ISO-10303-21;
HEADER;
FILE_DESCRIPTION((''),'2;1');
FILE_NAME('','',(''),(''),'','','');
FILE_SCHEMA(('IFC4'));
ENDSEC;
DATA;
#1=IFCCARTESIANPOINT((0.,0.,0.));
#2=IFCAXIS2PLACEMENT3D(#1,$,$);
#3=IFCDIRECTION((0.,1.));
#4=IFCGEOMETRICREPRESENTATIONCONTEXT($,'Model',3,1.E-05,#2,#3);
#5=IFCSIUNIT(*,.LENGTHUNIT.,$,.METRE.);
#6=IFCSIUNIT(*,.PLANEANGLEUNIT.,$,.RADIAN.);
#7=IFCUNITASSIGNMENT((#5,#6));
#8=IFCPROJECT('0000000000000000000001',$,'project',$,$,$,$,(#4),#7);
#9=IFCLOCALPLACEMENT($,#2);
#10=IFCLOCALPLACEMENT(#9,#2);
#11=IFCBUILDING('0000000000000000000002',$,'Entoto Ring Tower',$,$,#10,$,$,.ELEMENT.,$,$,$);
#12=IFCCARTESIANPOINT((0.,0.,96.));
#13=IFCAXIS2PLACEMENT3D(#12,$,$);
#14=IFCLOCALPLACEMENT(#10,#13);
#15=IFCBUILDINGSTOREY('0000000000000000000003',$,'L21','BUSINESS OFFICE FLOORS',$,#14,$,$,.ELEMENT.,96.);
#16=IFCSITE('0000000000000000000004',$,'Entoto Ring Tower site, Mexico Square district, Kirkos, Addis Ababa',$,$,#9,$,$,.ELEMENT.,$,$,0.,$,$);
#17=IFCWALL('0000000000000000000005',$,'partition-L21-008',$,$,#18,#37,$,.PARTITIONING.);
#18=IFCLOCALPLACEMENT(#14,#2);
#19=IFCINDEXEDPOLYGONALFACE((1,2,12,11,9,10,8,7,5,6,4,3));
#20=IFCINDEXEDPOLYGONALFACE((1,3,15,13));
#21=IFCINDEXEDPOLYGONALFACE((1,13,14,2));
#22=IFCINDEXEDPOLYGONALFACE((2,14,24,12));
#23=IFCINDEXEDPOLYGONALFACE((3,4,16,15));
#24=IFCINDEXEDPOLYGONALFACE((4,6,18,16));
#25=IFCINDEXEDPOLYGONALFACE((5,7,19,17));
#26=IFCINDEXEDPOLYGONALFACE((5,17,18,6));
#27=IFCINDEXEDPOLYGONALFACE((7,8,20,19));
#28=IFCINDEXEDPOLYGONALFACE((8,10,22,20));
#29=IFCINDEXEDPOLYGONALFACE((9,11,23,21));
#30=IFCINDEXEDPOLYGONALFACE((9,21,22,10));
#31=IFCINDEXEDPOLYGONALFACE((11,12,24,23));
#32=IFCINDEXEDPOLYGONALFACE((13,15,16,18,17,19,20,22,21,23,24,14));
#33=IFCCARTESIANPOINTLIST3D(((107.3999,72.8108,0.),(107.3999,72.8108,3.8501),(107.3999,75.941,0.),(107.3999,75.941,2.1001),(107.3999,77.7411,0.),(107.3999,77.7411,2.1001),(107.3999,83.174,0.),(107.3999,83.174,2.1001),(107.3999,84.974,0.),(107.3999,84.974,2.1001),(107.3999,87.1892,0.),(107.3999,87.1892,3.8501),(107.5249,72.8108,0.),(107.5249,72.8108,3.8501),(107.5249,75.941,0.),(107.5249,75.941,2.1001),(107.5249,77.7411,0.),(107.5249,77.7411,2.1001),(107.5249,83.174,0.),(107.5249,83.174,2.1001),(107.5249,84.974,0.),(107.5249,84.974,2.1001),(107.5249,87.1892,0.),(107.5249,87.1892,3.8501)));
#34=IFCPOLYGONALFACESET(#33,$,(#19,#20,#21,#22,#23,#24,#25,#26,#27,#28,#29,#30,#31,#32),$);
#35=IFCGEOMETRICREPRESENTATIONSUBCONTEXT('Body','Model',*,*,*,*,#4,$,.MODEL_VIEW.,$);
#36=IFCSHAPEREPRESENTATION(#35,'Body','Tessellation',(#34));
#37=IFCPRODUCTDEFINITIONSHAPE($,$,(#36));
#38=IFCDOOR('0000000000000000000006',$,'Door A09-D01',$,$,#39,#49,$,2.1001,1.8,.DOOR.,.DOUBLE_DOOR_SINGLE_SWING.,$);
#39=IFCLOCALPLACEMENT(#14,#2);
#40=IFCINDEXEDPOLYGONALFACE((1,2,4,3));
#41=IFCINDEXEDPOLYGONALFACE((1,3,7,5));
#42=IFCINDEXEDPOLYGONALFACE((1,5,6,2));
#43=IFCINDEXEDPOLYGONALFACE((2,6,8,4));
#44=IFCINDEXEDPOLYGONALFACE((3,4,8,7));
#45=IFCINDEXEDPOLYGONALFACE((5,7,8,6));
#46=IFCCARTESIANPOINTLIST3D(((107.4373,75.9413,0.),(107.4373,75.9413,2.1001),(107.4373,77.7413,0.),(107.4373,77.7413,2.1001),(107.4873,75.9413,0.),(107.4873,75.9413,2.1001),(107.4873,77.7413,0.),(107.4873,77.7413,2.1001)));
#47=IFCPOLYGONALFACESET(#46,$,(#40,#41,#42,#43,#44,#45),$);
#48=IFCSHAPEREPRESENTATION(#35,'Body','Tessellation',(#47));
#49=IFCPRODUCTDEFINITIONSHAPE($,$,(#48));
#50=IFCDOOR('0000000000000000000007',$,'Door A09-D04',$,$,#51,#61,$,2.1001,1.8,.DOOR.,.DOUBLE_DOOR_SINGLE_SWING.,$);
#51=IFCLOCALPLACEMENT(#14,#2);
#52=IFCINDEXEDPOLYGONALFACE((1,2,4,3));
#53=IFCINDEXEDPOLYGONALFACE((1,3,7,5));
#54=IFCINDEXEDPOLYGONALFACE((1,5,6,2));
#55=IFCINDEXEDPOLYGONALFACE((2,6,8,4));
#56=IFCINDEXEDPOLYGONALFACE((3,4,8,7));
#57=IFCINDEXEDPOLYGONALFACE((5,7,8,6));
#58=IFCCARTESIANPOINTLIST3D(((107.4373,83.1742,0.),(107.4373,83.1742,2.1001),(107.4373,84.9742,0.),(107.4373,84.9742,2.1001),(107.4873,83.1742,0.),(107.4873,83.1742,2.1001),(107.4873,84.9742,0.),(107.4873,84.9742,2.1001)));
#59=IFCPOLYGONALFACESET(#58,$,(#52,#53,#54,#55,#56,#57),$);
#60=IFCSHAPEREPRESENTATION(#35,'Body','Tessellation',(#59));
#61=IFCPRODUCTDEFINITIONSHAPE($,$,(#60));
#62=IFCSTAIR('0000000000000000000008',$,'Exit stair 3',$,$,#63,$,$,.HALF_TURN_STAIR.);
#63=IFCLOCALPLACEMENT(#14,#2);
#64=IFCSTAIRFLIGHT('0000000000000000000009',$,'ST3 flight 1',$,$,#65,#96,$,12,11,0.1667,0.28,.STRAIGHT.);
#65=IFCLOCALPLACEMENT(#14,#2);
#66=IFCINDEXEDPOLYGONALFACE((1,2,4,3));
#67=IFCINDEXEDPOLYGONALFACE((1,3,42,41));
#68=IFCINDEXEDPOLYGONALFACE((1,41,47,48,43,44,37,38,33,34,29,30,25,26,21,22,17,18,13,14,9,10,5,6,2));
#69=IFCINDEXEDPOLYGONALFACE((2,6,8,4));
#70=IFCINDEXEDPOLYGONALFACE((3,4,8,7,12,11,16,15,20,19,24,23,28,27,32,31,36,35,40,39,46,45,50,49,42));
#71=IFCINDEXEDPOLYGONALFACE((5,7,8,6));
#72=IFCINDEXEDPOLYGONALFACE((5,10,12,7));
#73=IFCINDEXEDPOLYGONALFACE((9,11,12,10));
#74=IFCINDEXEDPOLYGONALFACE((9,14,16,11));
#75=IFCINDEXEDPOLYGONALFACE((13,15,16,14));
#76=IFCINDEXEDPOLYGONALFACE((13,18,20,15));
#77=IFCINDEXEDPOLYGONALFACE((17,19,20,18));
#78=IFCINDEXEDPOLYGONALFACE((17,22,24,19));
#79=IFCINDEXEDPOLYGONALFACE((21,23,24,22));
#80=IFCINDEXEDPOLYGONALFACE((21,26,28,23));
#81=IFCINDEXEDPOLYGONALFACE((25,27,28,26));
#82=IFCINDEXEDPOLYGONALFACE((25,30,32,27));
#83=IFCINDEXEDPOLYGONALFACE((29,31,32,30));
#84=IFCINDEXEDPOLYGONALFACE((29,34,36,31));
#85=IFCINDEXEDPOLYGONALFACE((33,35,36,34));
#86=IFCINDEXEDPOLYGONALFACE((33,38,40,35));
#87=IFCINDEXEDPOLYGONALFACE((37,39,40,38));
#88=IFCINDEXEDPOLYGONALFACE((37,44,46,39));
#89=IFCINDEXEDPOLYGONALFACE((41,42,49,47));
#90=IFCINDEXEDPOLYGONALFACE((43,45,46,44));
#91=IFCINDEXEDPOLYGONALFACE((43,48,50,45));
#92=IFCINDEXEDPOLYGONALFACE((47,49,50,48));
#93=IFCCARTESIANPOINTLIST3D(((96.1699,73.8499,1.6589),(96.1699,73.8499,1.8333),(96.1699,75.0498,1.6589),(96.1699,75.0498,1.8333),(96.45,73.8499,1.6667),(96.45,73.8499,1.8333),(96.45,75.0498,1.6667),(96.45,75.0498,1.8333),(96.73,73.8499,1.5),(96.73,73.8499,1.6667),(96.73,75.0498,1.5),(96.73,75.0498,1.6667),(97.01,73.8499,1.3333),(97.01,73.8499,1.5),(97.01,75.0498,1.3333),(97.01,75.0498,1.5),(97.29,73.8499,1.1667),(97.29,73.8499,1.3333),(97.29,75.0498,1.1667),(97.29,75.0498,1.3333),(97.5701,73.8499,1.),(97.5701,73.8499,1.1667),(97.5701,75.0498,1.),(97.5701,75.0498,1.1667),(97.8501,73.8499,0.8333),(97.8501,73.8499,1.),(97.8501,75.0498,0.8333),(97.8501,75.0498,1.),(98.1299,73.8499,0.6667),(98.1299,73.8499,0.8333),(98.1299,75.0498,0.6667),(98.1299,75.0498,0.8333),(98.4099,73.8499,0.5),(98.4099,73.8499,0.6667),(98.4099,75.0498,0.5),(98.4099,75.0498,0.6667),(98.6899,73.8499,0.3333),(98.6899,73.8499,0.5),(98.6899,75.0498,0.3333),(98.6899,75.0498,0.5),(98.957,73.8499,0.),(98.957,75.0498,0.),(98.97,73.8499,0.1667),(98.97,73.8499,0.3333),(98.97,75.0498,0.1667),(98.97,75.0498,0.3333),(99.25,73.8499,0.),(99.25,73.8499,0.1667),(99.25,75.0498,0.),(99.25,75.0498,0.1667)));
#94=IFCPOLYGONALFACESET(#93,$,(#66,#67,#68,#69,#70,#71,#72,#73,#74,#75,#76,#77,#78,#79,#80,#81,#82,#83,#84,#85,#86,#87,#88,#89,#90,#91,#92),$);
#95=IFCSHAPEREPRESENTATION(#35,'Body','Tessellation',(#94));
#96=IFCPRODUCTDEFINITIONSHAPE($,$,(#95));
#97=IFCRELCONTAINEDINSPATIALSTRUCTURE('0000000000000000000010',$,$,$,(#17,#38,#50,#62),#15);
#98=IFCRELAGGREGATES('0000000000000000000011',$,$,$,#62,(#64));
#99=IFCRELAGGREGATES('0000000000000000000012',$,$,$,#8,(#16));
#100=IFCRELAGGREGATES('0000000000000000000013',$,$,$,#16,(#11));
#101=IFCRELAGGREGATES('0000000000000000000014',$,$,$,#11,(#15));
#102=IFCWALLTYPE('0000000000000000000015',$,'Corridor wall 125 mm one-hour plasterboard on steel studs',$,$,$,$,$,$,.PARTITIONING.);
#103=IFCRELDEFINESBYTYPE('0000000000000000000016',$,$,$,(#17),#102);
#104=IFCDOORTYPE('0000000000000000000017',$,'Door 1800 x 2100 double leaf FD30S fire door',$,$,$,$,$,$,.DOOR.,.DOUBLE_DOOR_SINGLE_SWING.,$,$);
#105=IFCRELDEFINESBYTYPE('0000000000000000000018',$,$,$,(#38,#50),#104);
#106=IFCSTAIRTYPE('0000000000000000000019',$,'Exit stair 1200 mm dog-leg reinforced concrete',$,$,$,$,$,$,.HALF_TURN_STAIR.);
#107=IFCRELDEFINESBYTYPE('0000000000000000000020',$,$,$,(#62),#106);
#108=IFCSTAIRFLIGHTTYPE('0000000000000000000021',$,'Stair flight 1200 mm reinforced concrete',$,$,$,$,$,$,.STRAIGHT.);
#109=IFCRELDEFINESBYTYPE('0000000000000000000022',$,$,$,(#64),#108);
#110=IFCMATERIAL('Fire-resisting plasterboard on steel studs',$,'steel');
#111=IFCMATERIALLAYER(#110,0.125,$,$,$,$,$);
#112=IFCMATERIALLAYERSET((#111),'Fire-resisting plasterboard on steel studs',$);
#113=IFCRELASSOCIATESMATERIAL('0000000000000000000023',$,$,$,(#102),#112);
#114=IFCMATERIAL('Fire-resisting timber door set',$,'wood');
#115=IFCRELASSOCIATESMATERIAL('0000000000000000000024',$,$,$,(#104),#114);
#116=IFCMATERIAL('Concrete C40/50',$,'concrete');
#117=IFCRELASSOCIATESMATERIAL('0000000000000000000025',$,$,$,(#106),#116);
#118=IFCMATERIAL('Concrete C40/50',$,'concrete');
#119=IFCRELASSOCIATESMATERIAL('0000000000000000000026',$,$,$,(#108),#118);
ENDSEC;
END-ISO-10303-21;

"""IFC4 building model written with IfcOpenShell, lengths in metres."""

from ifc_helpers import new_model, si_unit, direction, frame, frame_2d, origin, place, context, subcontext, project, spatial, polyline, rectangle, outline, extrude, material, layer, layer_set, type_object, element, fill, aggregate, save


model = new_model("IFC4")

# Units and contexts
model_context = context("Model", 3, precision=1e-05, world=origin(), true_north=direction((0.0, 1.0)))
body_context = subcontext(model_context, "Body", "Model", "MODEL_VIEW")
ifc_project = project(units=[si_unit("LENGTHUNIT", "METRE"), si_unit("PLANEANGLEUNIT", "RADIAN")], contexts=[model_context])

# Site, building, storey
site_placement = place(None, origin())
site = spatial("IfcSite", under=ifc_project, at=site_placement, Name="Entoto Ring Tower site, Mexico Square district, Kirkos, Addis Ababa", CompositionType="ELEMENT", RefElevation=0.0)
building_placement = place(site_placement, origin())
building = spatial("IfcBuilding", under=site, at=building_placement, Name="Entoto Ring Tower", CompositionType="ELEMENT")
storey_placement = place(building_placement, frame((0.0, 0.0, 96.0)))
storey = spatial("IfcBuildingStorey", under=building, at=storey_placement, Name="L21", Description="BUSINESS OFFICE FLOORS", CompositionType="ELEMENT", Elevation=96.0)

# Wall, openings, doors
ifc_material_1 = material(Name="Fire-resisting plasterboard on steel studs", Category="steel")
ifc_layer_1 = layer(ifc_material_1, 0.125)
ifc_layer_set_1 = layer_set([ifc_layer_1], Name="Fire-resisting plasterboard on steel studs")
wall_type_1 = type_object("IfcWallType", Name="Corridor wall 125 mm one-hour plasterboard on steel studs", PredefinedType="PARTITIONING", material=ifc_layer_set_1)
wall_1_placement = place(storey_placement, frame((107.4624, 72.8108, 0.0), z_axis=(0.0, 0.0, 1.0), x_axis=(0.0, 1.0, 0.0)))
wall_1 = element("IfcWall", 1, at=wall_1_placement, inside=storey, type_object=wall_type_1, Name="partition-L21-008", PredefinedType="PARTITIONING", context=body_context, shape_type="SweptSolid", body=[
    extrude(rectangle(XDim=14.3784, YDim=0.125, at=frame_2d((7.1892, 0.0))), origin(), (0.0, 0.0, 1.0), 3.8501),
])
opening_1_placement = place(wall_1_placement, frame((3.1304, 0.0, 0.0)))
opening_1 = element("IfcOpeningElement", 2, at=opening_1_placement, cuts=wall_1, PredefinedType="OPENING", context=body_context, shape_type="SweptSolid", body=[
    extrude(rectangle(XDim=1.8, YDim=2.1001, at=frame_2d((0.8999, 1.05))), frame((0.0, 0.0725, 0.0), z_axis=(0.0, -1.0, 0.0), x_axis=(1.0, 0.0, 0.0)), (0.0, 0.0, 1.0), 0.145),
])
opening_2_placement = place(wall_1_placement, frame((10.3633, 0.0, 0.0)))
opening_2 = element("IfcOpeningElement", 3, at=opening_2_placement, cuts=wall_1, PredefinedType="OPENING", context=body_context, shape_type="SweptSolid", body=[
    extrude(rectangle(XDim=1.8, YDim=2.1001, at=frame_2d((0.8999, 1.05))), frame((0.0, 0.0725, 0.0), z_axis=(0.0, -1.0, 0.0), x_axis=(1.0, 0.0, 0.0)), (0.0, 0.0, 1.0), 0.145),
])
ifc_material_2 = material(Name="Fire-resisting timber door set", Category="wood")
door_type_1 = type_object("IfcDoorType", Name="Door 1800 x 2100 double leaf FD30S fire door", OperationType="DOUBLE_DOOR_SINGLE_SWING", PredefinedType="DOOR", material=ifc_material_2)
door_1_placement = place(opening_1_placement, frame((1.8, 0.0, 0.0), z_axis=(0.0, 0.0, 1.0), x_axis=(-1.0, 0.0, 0.0)))
door_1 = element("IfcDoor", 4, at=door_1_placement, inside=storey, type_object=door_type_1, Name="Door A09-D01", OperationType="DOUBLE_DOOR_SINGLE_SWING", OverallHeight=2.1001, OverallWidth=1.8, PredefinedType="DOOR", context=body_context, shape_type="SweptSolid", body=[
    extrude(rectangle(XDim=1.8, YDim=2.1001, at=frame_2d((0.8999, 1.05))), frame((0.0, 0.0249, 0.0), z_axis=(0.0, -1.0, 0.0), x_axis=(1.0, 0.0, 0.0)), (0.0, 0.0, 1.0), 0.05),
])
fill(opening_1, door_1)
door_2_placement = place(opening_2_placement, frame((1.8, 0.0, 0.0), z_axis=(0.0, 0.0, 1.0), x_axis=(-1.0, 0.0, 0.0)))
door_2 = element("IfcDoor", 5, at=door_2_placement, inside=storey, type_object=door_type_1, Name="Door A09-D04", OperationType="DOUBLE_DOOR_SINGLE_SWING", OverallHeight=2.1001, OverallWidth=1.8, PredefinedType="DOOR", context=body_context, shape_type="SweptSolid", body=[
    extrude(rectangle(XDim=1.8, YDim=2.1001, at=frame_2d((0.8999, 1.05))), frame((0.0, 0.0249, 0.0), z_axis=(0.0, -1.0, 0.0), x_axis=(1.0, 0.0, 0.0)), (0.0, 0.0, 1.0), 0.05),
])
fill(opening_2, door_2)

# Stair, stair flight
ifc_material_3 = material(Name="Concrete C40/50", Category="concrete")
stair_type = type_object("IfcStairType", Name="Exit stair 1200 mm dog-leg reinforced concrete", PredefinedType="HALF_TURN_STAIR", material=ifc_material_3)
stair_placement = place(storey_placement, origin())
stair = element("IfcStair", 6, at=stair_placement, inside=storey, type_object=stair_type, Name="Exit stair 3", PredefinedType="HALF_TURN_STAIR")
ifc_material_4 = material(Name="Concrete C40/50", Category="concrete")
stair_flight_type = type_object("IfcStairFlightType", Name="Stair flight 1200 mm reinforced concrete", PredefinedType="STRAIGHT", material=ifc_material_4)
stair_flight_placement = place(storey_placement, frame((99.25, 74.45, 0.0), z_axis=(0.0, 0.0, 1.0), x_axis=(-1.0, 0.0, 0.0)))
stair_flight = element("IfcStairFlight", 7, at=stair_flight_placement, type_object=stair_flight_type, Name="ST3 flight 1", NumberOfRisers=12, NumberOfTreads=11, PredefinedType="STRAIGHT", RiserHeight=0.1667, TreadLength=0.28, context=body_context, shape_type="SweptSolid", body=[
    extrude(outline(polyline([(0.0, 0.0), (0.0, 0.1667), (0.28, 0.1667), (0.28, 0.3333), (0.5601, 0.3333), (0.5601, 0.5), (0.8401, 0.5), (0.8401, 0.6667), (1.1201, 0.6667), (1.1201, 0.8333), (1.3999, 0.8333), (1.3999, 1.0), (1.6799, 1.0), (1.6799, 1.1667), (1.96, 1.1667), (1.96, 1.3333), (2.24, 1.3333), (2.24, 1.5), (2.52, 1.5), (2.52, 1.6667), (2.8, 1.6667), (2.8, 1.8333), (3.0801, 1.8333), (3.0801, 2.0), (3.0801, 1.6589), (0.293, 0.0), (0.0, 0.0)])), frame((0.0, 0.6001, 0.0), z_axis=(0.0, -1.0, 0.0), x_axis=(1.0, 0.0, 0.0)), (0.0, 0.0, 1.0), 1.2),
])
aggregate(stair, [stair_flight])

save(model, "model.ifc")
